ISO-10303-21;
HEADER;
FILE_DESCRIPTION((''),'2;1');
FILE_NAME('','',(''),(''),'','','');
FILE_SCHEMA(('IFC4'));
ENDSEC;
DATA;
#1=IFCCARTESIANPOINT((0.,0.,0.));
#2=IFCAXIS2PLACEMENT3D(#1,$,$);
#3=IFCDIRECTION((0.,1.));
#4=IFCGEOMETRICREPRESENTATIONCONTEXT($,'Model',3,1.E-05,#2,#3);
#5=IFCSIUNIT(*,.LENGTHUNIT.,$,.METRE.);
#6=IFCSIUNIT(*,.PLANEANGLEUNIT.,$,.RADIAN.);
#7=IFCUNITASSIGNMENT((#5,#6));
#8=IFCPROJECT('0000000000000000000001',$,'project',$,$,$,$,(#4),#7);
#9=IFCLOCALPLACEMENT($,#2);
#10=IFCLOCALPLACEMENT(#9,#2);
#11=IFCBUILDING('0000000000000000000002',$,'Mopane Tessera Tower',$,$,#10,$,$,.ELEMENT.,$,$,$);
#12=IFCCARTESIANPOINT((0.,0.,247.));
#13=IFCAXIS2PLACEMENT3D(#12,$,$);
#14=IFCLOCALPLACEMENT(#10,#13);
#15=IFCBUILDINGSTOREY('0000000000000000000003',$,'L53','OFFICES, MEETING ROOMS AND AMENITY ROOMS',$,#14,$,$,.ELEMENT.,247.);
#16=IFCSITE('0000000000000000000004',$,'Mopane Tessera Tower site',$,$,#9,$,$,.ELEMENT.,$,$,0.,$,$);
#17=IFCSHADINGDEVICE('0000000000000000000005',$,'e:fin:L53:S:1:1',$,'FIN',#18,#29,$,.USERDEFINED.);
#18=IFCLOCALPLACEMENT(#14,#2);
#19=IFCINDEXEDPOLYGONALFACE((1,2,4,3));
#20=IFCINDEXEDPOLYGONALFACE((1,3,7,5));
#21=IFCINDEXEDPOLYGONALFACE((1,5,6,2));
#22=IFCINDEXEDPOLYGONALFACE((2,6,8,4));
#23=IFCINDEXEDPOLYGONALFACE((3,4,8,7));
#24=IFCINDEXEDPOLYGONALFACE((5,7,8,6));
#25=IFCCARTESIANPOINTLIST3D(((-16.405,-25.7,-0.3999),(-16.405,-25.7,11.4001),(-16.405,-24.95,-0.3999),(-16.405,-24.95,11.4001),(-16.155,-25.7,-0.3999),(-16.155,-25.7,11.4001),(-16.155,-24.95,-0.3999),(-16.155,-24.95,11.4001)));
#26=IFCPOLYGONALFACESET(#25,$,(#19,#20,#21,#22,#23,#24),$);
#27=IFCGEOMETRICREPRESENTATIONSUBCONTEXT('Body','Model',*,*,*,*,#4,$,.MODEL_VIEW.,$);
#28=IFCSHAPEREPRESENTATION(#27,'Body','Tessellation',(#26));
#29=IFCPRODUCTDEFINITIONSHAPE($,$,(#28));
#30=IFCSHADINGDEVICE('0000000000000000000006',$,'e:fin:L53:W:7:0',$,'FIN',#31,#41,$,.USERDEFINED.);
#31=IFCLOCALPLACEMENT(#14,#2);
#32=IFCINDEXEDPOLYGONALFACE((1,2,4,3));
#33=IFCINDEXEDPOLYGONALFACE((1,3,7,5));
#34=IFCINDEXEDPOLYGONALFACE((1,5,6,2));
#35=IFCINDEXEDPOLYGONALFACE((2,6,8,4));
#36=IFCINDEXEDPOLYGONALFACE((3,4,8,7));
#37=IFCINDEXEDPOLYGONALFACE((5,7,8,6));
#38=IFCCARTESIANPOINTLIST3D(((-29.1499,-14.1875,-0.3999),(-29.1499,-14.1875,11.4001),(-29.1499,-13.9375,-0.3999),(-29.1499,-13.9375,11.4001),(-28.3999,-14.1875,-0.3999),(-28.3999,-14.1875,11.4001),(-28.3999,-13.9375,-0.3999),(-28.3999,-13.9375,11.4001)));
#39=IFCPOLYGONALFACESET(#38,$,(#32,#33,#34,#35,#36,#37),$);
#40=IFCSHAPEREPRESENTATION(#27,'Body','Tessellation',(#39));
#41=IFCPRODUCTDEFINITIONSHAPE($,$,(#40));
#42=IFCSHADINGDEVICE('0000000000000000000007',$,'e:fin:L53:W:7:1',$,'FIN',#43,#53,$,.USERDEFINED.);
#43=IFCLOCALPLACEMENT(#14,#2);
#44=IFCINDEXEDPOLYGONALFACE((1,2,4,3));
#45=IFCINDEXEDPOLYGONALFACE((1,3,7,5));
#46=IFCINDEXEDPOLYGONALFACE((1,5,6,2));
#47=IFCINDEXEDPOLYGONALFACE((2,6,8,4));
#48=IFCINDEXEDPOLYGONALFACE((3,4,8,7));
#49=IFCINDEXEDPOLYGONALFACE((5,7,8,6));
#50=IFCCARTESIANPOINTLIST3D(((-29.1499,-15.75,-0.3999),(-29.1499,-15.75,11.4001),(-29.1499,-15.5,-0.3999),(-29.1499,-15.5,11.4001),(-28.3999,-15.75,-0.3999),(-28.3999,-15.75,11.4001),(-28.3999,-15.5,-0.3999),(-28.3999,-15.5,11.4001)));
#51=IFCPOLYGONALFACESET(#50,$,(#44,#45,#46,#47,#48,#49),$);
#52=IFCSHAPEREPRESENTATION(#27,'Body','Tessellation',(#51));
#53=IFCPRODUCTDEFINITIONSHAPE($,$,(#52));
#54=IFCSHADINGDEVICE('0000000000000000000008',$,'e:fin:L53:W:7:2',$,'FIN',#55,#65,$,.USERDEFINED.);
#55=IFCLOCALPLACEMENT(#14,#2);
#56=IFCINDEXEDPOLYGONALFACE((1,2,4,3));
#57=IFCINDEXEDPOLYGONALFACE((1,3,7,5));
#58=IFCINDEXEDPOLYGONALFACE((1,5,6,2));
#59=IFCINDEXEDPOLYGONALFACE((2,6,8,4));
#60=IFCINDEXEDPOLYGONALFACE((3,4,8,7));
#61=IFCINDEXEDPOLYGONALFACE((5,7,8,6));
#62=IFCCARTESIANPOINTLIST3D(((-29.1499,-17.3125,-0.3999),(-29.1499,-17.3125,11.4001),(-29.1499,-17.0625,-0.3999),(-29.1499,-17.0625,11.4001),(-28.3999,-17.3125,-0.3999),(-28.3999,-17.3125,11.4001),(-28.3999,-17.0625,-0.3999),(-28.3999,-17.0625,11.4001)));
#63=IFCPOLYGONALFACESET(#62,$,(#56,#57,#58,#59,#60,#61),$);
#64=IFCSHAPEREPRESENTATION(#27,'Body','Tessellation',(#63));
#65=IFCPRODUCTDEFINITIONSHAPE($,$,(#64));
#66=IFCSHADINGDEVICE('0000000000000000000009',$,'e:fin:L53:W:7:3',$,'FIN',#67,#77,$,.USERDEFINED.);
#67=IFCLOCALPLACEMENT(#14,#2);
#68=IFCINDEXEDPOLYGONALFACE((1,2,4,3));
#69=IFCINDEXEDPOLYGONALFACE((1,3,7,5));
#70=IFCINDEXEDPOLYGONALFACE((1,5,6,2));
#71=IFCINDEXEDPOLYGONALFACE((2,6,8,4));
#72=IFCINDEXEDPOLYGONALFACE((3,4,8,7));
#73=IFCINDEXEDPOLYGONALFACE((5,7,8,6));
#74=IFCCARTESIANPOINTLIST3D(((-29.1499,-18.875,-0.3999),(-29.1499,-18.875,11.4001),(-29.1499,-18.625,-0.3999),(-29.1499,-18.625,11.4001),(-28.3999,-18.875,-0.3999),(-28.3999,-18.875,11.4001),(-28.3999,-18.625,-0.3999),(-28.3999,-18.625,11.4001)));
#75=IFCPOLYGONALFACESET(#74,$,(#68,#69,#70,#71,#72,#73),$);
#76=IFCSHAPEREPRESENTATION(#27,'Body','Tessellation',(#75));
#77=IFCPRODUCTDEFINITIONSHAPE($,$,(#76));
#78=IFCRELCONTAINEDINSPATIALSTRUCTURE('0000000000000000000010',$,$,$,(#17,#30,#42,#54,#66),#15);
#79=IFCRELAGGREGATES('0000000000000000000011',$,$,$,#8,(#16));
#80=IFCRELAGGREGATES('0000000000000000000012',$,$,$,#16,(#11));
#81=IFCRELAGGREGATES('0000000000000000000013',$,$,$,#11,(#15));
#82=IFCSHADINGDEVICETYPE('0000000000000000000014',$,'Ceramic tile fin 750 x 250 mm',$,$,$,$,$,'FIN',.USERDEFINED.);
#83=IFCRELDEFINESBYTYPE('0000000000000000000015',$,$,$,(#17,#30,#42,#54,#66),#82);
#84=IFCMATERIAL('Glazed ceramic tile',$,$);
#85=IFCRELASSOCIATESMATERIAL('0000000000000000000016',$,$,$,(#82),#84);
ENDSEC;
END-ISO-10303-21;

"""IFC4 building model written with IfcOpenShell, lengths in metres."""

from ifc_helpers import new_model, si_unit, direction, frame, origin, origin_2d, place, context, subcontext, project, spatial, rectangle, extrude, material, type_object, element, save


model = new_model("IFC4")

# Units and contexts
model_context = context("Model", 3, precision=1e-05, world=origin(), true_north=direction((0.0, 1.0)))
body_context = subcontext(model_context, "Body", "Model", "MODEL_VIEW")
ifc_project = project(units=[si_unit("LENGTHUNIT", "METRE"), si_unit("PLANEANGLEUNIT", "RADIAN")], contexts=[model_context])

# Site, building, storey
site_placement = place(None, origin())
site = spatial("IfcSite", under=ifc_project, at=site_placement, Name="Mopane Tessera Tower site", CompositionType="ELEMENT", RefElevation=0.0)
building_placement = place(site_placement, origin())
building = spatial("IfcBuilding", under=site, at=building_placement, Name="Mopane Tessera Tower", CompositionType="ELEMENT")
storey_placement = place(building_placement, frame((0.0, 0.0, 247.0)))
storey = spatial("IfcBuildingStorey", under=building, at=storey_placement, Name="L53", Description="OFFICES, MEETING ROOMS AND AMENITY ROOMS", CompositionType="ELEMENT", Elevation=247.0)

# Shading devices
ifc_material_1 = material(Name="Glazed ceramic tile")
shading_device_type = type_object("IfcShadingDeviceType", Name="Ceramic tile fin 750 x 250 mm", ElementType="FIN", PredefinedType="USERDEFINED", material=ifc_material_1)
for number, where, z_axis, x_axis, name in (
    (1, (-16.28, -25.325, -0.3999), (0.0, 0.0, 1.0), (1.0, 0.0, 0.0), "e:fin:L53:S:1:1"),
    (2, (-28.7749, -14.0625, -0.3999), (0.0, 0.0, 1.0), (0.0, -1.0, 0.0), "e:fin:L53:W:7:0"),
    (3, (-28.7749, -15.625, -0.3999), (0.0, 0.0, 1.0), (0.0, -1.0, 0.0), "e:fin:L53:W:7:1"),
    (4, (-28.7749, -17.1875, -0.3999), (0.0, 0.0, 1.0), (0.0, -1.0, 0.0), "e:fin:L53:W:7:2"),
    (5, (-28.7749, -18.75, -0.3999), (0.0, 0.0, 1.0), (0.0, -1.0, 0.0), "e:fin:L53:W:7:3"),
):
    element("IfcShadingDevice", number, at=place(storey_placement, frame(where, z_axis=z_axis, x_axis=x_axis)), inside=storey, type_object=shading_device_type, Name=name, ObjectType="FIN", PredefinedType="USERDEFINED", context=body_context, shape_type="SweptSolid", body=[
        extrude(rectangle(XDim=0.25, YDim=0.75, at=origin_2d()), origin(), (0.0, 0.0, 1.0), 11.8),
    ])

save(model, "model.ifc")
